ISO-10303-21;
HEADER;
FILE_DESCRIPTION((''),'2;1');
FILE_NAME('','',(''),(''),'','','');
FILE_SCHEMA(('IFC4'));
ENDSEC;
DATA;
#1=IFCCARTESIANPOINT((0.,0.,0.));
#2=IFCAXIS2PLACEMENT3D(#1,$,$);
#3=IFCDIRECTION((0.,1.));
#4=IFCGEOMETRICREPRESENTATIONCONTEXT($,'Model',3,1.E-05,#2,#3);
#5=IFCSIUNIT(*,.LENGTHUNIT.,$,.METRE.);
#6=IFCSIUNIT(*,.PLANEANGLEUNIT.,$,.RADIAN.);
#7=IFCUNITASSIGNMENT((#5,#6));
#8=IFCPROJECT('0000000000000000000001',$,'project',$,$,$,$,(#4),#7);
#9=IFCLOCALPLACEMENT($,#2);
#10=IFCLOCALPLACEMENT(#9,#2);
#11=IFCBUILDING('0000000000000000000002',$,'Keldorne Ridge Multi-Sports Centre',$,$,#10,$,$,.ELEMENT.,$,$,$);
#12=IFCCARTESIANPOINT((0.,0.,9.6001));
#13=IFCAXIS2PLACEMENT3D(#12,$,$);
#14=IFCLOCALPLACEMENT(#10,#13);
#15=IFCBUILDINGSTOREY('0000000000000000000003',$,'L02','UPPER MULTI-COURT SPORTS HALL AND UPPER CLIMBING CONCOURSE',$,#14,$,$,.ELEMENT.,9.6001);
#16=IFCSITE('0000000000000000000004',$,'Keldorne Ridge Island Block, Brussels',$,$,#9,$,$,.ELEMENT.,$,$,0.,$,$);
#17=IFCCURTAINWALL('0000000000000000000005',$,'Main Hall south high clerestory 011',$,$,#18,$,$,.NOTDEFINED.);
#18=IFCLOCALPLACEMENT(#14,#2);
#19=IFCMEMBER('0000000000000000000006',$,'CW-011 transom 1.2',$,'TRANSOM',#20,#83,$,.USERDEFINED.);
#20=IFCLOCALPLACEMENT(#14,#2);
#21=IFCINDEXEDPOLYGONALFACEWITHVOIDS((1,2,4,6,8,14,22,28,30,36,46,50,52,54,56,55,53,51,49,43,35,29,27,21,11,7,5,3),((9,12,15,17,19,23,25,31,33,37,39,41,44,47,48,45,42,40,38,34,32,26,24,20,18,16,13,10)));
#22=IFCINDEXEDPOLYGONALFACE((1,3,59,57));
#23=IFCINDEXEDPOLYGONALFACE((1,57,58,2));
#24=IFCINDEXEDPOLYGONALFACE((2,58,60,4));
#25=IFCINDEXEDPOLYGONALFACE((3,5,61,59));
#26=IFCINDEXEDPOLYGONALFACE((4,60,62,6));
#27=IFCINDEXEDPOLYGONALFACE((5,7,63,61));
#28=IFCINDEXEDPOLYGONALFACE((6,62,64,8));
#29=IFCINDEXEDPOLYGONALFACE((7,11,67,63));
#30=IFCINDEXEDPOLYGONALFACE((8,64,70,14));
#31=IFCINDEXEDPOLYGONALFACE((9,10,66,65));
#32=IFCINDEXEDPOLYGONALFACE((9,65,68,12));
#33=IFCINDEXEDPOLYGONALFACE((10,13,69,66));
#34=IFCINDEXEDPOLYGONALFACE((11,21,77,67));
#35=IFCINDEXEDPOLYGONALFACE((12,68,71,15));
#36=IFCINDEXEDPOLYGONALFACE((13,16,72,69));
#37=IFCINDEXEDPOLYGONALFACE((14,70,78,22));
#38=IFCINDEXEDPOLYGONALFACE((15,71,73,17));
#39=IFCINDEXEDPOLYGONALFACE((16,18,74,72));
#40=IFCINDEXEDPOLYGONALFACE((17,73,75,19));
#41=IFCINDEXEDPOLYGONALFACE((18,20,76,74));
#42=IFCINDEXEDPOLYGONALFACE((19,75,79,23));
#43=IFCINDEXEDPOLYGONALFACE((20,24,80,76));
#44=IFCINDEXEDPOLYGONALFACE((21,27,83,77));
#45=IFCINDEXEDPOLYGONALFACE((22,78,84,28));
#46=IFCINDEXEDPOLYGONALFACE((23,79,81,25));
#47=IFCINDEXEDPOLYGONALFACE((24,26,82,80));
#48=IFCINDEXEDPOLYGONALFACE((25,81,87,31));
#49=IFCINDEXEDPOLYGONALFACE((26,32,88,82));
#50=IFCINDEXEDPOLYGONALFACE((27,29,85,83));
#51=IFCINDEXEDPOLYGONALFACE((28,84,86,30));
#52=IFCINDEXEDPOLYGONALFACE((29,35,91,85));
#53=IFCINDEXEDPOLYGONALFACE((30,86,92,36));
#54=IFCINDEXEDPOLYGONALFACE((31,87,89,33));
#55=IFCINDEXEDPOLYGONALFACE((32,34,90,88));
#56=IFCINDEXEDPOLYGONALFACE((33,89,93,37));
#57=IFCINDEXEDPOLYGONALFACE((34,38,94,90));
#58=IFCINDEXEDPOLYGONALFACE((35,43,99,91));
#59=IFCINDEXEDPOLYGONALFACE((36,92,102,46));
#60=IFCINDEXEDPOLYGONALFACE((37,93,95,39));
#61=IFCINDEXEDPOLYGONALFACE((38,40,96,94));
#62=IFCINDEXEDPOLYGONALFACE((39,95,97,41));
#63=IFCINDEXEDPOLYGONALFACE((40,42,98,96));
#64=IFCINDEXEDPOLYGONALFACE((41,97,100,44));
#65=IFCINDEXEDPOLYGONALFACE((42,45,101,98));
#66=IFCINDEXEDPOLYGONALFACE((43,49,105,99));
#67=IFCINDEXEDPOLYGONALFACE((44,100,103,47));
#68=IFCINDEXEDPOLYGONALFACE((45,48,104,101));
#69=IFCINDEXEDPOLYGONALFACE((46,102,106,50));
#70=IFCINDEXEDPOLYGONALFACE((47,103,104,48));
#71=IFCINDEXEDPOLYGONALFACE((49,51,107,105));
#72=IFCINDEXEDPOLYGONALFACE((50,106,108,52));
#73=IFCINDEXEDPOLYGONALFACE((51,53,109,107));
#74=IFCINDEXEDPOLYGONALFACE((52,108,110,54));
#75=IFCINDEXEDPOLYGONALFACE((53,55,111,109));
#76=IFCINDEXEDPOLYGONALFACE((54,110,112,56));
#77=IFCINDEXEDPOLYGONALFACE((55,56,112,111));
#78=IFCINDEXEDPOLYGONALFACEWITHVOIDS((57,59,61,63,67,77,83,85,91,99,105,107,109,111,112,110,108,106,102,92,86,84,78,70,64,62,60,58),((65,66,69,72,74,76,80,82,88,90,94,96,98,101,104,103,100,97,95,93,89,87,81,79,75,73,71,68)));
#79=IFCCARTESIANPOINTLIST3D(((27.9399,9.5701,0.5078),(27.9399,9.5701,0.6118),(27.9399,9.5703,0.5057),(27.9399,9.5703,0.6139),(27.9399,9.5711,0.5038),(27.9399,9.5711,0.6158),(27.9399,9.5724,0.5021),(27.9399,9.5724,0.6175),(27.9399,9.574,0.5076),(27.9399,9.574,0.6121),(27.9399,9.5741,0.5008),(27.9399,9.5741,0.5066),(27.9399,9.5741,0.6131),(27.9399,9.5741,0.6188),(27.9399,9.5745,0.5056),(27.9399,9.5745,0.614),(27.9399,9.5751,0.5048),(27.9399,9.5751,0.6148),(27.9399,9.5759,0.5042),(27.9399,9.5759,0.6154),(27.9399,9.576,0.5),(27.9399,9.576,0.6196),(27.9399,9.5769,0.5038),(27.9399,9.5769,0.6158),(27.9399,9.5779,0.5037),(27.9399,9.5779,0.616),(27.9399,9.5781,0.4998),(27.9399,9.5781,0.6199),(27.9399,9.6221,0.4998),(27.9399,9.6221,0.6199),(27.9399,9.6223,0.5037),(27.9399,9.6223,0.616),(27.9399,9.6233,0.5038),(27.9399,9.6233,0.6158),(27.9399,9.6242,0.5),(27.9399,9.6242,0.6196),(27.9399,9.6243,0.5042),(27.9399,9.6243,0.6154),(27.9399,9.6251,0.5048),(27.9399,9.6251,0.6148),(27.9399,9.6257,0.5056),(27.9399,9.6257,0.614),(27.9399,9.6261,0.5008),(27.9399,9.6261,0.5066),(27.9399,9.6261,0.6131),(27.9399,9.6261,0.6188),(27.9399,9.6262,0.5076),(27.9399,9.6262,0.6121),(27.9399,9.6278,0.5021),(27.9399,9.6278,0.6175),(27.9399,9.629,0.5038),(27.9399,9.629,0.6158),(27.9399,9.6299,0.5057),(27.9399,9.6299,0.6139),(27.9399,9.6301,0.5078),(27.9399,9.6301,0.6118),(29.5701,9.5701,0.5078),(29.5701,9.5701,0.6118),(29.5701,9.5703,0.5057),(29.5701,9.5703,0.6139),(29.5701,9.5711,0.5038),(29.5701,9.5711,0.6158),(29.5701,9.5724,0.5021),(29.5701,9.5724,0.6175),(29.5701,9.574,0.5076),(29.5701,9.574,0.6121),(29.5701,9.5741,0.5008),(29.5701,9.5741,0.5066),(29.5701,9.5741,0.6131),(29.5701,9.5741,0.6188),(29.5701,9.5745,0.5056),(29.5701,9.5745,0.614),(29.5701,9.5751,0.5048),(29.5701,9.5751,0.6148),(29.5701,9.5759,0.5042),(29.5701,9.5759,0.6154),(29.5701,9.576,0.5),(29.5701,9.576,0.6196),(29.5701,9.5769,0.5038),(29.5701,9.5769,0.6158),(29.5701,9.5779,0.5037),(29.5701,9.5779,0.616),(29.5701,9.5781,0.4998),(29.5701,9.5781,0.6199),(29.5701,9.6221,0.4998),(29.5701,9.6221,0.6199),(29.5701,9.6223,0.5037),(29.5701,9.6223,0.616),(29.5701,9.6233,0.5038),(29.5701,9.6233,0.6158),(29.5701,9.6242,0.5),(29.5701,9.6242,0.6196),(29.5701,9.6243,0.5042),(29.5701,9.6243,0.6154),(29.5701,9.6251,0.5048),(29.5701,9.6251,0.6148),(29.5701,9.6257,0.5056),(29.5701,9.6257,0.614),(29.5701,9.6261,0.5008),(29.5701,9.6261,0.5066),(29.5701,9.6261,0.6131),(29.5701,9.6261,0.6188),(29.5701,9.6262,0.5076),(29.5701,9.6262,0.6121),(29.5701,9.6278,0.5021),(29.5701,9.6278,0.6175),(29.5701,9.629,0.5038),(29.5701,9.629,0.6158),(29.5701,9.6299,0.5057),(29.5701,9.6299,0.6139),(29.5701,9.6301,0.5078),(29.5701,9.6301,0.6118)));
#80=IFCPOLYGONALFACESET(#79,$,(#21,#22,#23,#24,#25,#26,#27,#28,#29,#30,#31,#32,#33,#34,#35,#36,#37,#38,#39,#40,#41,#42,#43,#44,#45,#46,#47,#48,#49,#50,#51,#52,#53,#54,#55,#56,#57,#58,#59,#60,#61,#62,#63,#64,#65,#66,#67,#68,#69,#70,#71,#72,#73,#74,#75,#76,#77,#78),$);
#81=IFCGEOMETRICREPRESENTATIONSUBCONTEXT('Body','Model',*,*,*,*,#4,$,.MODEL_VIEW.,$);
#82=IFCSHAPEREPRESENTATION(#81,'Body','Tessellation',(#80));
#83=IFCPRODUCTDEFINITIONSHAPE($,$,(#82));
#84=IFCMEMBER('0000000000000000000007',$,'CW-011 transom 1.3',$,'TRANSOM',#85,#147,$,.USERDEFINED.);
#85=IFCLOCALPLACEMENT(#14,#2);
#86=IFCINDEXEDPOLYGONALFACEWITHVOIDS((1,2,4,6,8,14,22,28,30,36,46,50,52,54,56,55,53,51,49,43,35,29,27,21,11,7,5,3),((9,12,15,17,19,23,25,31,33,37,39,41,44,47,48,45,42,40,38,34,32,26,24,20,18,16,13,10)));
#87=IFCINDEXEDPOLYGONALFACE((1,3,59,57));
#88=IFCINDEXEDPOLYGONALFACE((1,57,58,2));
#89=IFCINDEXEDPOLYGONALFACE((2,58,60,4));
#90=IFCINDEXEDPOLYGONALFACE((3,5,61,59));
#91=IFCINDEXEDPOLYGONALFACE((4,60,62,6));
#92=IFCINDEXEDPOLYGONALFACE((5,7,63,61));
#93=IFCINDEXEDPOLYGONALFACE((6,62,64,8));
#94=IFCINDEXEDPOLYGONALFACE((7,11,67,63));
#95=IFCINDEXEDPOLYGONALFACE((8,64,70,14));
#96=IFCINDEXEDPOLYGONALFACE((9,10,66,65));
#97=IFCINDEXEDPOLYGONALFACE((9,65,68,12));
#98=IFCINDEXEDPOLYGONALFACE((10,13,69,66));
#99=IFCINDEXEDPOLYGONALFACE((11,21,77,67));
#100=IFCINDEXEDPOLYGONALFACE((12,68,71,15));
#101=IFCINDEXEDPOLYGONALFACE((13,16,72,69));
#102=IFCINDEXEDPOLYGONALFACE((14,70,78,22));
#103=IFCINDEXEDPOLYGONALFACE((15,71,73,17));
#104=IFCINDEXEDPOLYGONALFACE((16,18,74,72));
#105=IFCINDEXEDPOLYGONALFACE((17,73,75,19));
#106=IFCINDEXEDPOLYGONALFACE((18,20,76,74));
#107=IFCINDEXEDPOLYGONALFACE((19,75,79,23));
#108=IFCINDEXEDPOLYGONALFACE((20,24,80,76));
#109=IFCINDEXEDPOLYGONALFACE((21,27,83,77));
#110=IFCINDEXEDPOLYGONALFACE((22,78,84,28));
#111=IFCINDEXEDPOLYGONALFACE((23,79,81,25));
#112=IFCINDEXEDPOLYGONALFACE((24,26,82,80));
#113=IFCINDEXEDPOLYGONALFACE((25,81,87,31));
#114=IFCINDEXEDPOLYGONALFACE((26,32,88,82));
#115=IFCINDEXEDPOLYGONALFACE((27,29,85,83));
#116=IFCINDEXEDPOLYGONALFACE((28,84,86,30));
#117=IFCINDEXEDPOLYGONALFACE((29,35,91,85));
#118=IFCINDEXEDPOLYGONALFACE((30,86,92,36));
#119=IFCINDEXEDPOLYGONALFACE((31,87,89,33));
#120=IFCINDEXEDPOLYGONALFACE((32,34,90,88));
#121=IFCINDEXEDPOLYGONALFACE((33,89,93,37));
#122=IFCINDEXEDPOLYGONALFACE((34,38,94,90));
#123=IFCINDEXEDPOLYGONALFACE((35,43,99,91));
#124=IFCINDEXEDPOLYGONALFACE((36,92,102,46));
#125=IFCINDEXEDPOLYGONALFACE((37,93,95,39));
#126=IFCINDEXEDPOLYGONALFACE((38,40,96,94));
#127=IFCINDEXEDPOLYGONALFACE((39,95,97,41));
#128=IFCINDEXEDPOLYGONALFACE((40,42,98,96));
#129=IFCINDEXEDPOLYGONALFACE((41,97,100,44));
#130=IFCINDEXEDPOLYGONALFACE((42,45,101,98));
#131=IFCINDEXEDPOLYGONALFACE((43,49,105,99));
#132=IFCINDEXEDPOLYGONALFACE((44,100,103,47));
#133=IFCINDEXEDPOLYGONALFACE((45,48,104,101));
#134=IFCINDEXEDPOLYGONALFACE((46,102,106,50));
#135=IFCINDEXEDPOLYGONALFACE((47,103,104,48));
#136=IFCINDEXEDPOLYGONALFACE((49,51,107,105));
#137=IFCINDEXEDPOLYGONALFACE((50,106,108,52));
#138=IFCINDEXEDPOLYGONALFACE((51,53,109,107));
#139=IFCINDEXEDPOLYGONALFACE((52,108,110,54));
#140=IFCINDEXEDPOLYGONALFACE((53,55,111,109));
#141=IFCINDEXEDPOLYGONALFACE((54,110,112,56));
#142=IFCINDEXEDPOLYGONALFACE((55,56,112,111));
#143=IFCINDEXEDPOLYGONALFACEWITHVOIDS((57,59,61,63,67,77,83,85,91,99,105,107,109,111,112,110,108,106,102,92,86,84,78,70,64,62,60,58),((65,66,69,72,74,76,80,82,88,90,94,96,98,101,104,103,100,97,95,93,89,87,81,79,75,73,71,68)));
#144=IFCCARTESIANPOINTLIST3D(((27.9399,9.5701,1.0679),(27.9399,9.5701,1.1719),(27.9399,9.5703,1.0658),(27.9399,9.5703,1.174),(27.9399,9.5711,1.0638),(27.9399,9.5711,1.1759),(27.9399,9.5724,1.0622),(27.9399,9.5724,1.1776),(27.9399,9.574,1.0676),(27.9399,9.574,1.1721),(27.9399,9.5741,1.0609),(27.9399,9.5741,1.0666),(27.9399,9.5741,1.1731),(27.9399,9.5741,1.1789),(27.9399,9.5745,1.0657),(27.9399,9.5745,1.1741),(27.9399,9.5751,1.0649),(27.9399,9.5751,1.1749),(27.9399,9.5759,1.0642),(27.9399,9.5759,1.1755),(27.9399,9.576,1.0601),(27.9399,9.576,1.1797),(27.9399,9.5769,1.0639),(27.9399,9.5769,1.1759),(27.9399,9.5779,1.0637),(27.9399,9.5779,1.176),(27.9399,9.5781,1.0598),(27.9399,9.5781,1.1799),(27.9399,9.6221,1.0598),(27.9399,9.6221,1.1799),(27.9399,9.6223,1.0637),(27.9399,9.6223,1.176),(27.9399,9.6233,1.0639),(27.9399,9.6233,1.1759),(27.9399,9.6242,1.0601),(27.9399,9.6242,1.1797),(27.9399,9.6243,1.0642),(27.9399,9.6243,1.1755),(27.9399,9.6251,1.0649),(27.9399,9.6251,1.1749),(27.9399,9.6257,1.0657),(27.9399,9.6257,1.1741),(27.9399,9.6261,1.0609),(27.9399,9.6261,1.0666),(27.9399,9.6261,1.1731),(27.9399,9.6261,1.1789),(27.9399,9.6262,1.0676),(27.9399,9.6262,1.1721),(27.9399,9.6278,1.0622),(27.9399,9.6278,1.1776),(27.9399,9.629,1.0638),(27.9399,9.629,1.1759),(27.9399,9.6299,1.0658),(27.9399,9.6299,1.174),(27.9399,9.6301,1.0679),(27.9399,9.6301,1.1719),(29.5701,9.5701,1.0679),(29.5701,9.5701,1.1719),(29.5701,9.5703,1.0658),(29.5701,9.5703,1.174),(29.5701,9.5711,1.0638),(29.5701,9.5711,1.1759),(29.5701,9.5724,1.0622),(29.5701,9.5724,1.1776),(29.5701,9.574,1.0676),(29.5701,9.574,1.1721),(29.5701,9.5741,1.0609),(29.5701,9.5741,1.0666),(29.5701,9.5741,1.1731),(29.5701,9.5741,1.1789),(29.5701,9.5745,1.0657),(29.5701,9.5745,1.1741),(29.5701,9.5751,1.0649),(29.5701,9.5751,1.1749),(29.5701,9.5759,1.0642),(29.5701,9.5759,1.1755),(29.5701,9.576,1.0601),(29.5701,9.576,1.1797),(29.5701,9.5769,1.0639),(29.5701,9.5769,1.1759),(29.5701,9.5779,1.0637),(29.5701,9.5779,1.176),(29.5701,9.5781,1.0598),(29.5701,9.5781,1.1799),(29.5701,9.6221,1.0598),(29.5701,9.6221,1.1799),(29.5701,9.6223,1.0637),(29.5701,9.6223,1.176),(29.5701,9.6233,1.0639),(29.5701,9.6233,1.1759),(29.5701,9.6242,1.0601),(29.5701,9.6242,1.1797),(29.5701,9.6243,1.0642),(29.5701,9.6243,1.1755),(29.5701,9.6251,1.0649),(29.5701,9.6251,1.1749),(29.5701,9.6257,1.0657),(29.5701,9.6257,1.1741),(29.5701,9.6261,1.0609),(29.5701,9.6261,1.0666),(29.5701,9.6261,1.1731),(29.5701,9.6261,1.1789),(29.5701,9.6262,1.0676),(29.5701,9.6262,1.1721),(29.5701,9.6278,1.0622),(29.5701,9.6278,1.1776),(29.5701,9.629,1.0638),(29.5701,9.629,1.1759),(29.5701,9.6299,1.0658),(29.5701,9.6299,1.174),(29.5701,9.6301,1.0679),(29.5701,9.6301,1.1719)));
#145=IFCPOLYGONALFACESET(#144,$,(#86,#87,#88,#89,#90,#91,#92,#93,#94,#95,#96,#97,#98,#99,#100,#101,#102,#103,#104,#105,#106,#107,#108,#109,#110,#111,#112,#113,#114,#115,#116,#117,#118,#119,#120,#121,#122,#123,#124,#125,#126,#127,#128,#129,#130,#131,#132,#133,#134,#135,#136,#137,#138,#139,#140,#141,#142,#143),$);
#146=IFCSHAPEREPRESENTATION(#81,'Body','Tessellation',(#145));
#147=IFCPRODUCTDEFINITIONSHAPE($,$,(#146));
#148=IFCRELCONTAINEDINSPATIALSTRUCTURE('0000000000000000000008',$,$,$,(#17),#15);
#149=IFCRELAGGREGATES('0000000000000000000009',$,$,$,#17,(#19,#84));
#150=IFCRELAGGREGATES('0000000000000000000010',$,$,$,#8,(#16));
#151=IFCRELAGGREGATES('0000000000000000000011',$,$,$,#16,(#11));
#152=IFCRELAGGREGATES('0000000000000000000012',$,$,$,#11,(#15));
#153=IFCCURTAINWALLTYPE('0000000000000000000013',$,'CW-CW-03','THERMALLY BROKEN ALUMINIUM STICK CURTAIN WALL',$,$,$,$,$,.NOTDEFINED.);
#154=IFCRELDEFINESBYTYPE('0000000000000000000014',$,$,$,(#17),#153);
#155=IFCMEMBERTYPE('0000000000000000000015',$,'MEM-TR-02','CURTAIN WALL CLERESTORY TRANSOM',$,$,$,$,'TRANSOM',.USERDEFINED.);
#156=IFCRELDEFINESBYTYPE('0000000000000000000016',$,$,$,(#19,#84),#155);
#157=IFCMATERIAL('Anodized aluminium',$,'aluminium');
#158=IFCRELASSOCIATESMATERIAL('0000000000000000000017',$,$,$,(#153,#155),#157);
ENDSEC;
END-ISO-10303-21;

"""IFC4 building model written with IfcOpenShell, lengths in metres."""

from ifc_helpers import new_model, si_unit, direction, frame, origin, origin_2d, place, context, subcontext, project, spatial, hollow_rectangle, extrude, material, material_profile, profile_set, type_object, element, aggregate, save


model = new_model("IFC4")

# Units and contexts
model_context = context("Model", 3, precision=1e-05, world=origin(), true_north=direction((0.0, 1.0)))
body_context = subcontext(model_context, "Body", "Model", "MODEL_VIEW")
ifc_project = project(units=[si_unit("LENGTHUNIT", "METRE"), si_unit("PLANEANGLEUNIT", "RADIAN")], contexts=[model_context])

# Site, building, storey
site_placement = place(None, origin())
site = spatial("IfcSite", under=ifc_project, at=site_placement, Name="Keldorne Ridge Island Block, Brussels", CompositionType="ELEMENT", RefElevation=0.0)
building_placement = place(site_placement, origin())
building = spatial("IfcBuilding", under=site, at=building_placement, Name="Keldorne Ridge Multi-Sports Centre", CompositionType="ELEMENT")
storey_placement = place(building_placement, frame((0.0, 0.0, 9.6001)))
storey = spatial("IfcBuildingStorey", under=building, at=storey_placement, Name="L02", Description="UPPER MULTI-COURT SPORTS HALL AND UPPER CLIMBING CONCOURSE", CompositionType="ELEMENT", Elevation=9.6001)

# Curtain wall
ifc_material_1 = material(Name="Anodized aluminium", Category="aluminium")
curtain_wall_type_1 = type_object("IfcCurtainWallType", Name="CW-CW-03", Description="THERMALLY BROKEN ALUMINIUM STICK CURTAIN WALL", PredefinedType="NOTDEFINED", material=ifc_material_1)
curtain_wall_1_placement = place(storey_placement, origin())
curtain_wall_1 = element("IfcCurtainWall", 1, at=curtain_wall_1_placement, inside=storey, type_object=curtain_wall_type_1, Name="Main Hall south high clerestory 011", PredefinedType="NOTDEFINED")

# Members
ifc_material_profile_1 = material_profile(ifc_material_1, hollow_rectangle(XDim=0.0601, YDim=0.1201, WallThickness=0.0039, InnerFilletRadius=0.0039, OuterFilletRadius=0.0081, at=origin_2d()), Name="ALU TRANSOM 120x60x4")
ifc_profile_set_1 = profile_set([ifc_material_profile_1], Name="Anodized aluminium")
member_type_1 = type_object("IfcMemberType", Name="MEM-TR-02", Description="CURTAIN WALL CLERESTORY TRANSOM", ElementType="TRANSOM", PredefinedType="USERDEFINED", material=ifc_profile_set_1)
member_1_placement = place(storey_placement, frame((27.9399, 9.6001, 0.5598), z_axis=(1.0, 0.0, 0.0), x_axis=(0.0, 1.0, 0.0)))
member_1 = element("IfcMember", 2, at=member_1_placement, type_object=member_type_1, Name="CW-011 transom 1.2", ObjectType="TRANSOM", PredefinedType="USERDEFINED", context=body_context, shape_type="SweptSolid", body=[
    extrude(hollow_rectangle(XDim=0.0601, YDim=0.1201, WallThickness=0.0039, InnerFilletRadius=0.0039, OuterFilletRadius=0.0081, at=origin_2d()), origin(), (0.0, 0.0, 1.0), 1.6301),
])
member_2_placement = place(storey_placement, frame((27.9399, 9.6001, 1.1199), z_axis=(1.0, 0.0, 0.0), x_axis=(0.0, 1.0, 0.0)))
member_2 = element("IfcMember", 3, at=member_2_placement, type_object=member_type_1, Name="CW-011 transom 1.3", ObjectType="TRANSOM", PredefinedType="USERDEFINED", context=body_context, shape_type="SweptSolid", body=[
    extrude(hollow_rectangle(XDim=0.0601, YDim=0.1201, WallThickness=0.0039, InnerFilletRadius=0.0039, OuterFilletRadius=0.0081, at=origin_2d()), origin(), (0.0, 0.0, 1.0), 1.6301),
])

aggregate(curtain_wall_1, [member_1, member_2])

save(model, "model.ifc")
